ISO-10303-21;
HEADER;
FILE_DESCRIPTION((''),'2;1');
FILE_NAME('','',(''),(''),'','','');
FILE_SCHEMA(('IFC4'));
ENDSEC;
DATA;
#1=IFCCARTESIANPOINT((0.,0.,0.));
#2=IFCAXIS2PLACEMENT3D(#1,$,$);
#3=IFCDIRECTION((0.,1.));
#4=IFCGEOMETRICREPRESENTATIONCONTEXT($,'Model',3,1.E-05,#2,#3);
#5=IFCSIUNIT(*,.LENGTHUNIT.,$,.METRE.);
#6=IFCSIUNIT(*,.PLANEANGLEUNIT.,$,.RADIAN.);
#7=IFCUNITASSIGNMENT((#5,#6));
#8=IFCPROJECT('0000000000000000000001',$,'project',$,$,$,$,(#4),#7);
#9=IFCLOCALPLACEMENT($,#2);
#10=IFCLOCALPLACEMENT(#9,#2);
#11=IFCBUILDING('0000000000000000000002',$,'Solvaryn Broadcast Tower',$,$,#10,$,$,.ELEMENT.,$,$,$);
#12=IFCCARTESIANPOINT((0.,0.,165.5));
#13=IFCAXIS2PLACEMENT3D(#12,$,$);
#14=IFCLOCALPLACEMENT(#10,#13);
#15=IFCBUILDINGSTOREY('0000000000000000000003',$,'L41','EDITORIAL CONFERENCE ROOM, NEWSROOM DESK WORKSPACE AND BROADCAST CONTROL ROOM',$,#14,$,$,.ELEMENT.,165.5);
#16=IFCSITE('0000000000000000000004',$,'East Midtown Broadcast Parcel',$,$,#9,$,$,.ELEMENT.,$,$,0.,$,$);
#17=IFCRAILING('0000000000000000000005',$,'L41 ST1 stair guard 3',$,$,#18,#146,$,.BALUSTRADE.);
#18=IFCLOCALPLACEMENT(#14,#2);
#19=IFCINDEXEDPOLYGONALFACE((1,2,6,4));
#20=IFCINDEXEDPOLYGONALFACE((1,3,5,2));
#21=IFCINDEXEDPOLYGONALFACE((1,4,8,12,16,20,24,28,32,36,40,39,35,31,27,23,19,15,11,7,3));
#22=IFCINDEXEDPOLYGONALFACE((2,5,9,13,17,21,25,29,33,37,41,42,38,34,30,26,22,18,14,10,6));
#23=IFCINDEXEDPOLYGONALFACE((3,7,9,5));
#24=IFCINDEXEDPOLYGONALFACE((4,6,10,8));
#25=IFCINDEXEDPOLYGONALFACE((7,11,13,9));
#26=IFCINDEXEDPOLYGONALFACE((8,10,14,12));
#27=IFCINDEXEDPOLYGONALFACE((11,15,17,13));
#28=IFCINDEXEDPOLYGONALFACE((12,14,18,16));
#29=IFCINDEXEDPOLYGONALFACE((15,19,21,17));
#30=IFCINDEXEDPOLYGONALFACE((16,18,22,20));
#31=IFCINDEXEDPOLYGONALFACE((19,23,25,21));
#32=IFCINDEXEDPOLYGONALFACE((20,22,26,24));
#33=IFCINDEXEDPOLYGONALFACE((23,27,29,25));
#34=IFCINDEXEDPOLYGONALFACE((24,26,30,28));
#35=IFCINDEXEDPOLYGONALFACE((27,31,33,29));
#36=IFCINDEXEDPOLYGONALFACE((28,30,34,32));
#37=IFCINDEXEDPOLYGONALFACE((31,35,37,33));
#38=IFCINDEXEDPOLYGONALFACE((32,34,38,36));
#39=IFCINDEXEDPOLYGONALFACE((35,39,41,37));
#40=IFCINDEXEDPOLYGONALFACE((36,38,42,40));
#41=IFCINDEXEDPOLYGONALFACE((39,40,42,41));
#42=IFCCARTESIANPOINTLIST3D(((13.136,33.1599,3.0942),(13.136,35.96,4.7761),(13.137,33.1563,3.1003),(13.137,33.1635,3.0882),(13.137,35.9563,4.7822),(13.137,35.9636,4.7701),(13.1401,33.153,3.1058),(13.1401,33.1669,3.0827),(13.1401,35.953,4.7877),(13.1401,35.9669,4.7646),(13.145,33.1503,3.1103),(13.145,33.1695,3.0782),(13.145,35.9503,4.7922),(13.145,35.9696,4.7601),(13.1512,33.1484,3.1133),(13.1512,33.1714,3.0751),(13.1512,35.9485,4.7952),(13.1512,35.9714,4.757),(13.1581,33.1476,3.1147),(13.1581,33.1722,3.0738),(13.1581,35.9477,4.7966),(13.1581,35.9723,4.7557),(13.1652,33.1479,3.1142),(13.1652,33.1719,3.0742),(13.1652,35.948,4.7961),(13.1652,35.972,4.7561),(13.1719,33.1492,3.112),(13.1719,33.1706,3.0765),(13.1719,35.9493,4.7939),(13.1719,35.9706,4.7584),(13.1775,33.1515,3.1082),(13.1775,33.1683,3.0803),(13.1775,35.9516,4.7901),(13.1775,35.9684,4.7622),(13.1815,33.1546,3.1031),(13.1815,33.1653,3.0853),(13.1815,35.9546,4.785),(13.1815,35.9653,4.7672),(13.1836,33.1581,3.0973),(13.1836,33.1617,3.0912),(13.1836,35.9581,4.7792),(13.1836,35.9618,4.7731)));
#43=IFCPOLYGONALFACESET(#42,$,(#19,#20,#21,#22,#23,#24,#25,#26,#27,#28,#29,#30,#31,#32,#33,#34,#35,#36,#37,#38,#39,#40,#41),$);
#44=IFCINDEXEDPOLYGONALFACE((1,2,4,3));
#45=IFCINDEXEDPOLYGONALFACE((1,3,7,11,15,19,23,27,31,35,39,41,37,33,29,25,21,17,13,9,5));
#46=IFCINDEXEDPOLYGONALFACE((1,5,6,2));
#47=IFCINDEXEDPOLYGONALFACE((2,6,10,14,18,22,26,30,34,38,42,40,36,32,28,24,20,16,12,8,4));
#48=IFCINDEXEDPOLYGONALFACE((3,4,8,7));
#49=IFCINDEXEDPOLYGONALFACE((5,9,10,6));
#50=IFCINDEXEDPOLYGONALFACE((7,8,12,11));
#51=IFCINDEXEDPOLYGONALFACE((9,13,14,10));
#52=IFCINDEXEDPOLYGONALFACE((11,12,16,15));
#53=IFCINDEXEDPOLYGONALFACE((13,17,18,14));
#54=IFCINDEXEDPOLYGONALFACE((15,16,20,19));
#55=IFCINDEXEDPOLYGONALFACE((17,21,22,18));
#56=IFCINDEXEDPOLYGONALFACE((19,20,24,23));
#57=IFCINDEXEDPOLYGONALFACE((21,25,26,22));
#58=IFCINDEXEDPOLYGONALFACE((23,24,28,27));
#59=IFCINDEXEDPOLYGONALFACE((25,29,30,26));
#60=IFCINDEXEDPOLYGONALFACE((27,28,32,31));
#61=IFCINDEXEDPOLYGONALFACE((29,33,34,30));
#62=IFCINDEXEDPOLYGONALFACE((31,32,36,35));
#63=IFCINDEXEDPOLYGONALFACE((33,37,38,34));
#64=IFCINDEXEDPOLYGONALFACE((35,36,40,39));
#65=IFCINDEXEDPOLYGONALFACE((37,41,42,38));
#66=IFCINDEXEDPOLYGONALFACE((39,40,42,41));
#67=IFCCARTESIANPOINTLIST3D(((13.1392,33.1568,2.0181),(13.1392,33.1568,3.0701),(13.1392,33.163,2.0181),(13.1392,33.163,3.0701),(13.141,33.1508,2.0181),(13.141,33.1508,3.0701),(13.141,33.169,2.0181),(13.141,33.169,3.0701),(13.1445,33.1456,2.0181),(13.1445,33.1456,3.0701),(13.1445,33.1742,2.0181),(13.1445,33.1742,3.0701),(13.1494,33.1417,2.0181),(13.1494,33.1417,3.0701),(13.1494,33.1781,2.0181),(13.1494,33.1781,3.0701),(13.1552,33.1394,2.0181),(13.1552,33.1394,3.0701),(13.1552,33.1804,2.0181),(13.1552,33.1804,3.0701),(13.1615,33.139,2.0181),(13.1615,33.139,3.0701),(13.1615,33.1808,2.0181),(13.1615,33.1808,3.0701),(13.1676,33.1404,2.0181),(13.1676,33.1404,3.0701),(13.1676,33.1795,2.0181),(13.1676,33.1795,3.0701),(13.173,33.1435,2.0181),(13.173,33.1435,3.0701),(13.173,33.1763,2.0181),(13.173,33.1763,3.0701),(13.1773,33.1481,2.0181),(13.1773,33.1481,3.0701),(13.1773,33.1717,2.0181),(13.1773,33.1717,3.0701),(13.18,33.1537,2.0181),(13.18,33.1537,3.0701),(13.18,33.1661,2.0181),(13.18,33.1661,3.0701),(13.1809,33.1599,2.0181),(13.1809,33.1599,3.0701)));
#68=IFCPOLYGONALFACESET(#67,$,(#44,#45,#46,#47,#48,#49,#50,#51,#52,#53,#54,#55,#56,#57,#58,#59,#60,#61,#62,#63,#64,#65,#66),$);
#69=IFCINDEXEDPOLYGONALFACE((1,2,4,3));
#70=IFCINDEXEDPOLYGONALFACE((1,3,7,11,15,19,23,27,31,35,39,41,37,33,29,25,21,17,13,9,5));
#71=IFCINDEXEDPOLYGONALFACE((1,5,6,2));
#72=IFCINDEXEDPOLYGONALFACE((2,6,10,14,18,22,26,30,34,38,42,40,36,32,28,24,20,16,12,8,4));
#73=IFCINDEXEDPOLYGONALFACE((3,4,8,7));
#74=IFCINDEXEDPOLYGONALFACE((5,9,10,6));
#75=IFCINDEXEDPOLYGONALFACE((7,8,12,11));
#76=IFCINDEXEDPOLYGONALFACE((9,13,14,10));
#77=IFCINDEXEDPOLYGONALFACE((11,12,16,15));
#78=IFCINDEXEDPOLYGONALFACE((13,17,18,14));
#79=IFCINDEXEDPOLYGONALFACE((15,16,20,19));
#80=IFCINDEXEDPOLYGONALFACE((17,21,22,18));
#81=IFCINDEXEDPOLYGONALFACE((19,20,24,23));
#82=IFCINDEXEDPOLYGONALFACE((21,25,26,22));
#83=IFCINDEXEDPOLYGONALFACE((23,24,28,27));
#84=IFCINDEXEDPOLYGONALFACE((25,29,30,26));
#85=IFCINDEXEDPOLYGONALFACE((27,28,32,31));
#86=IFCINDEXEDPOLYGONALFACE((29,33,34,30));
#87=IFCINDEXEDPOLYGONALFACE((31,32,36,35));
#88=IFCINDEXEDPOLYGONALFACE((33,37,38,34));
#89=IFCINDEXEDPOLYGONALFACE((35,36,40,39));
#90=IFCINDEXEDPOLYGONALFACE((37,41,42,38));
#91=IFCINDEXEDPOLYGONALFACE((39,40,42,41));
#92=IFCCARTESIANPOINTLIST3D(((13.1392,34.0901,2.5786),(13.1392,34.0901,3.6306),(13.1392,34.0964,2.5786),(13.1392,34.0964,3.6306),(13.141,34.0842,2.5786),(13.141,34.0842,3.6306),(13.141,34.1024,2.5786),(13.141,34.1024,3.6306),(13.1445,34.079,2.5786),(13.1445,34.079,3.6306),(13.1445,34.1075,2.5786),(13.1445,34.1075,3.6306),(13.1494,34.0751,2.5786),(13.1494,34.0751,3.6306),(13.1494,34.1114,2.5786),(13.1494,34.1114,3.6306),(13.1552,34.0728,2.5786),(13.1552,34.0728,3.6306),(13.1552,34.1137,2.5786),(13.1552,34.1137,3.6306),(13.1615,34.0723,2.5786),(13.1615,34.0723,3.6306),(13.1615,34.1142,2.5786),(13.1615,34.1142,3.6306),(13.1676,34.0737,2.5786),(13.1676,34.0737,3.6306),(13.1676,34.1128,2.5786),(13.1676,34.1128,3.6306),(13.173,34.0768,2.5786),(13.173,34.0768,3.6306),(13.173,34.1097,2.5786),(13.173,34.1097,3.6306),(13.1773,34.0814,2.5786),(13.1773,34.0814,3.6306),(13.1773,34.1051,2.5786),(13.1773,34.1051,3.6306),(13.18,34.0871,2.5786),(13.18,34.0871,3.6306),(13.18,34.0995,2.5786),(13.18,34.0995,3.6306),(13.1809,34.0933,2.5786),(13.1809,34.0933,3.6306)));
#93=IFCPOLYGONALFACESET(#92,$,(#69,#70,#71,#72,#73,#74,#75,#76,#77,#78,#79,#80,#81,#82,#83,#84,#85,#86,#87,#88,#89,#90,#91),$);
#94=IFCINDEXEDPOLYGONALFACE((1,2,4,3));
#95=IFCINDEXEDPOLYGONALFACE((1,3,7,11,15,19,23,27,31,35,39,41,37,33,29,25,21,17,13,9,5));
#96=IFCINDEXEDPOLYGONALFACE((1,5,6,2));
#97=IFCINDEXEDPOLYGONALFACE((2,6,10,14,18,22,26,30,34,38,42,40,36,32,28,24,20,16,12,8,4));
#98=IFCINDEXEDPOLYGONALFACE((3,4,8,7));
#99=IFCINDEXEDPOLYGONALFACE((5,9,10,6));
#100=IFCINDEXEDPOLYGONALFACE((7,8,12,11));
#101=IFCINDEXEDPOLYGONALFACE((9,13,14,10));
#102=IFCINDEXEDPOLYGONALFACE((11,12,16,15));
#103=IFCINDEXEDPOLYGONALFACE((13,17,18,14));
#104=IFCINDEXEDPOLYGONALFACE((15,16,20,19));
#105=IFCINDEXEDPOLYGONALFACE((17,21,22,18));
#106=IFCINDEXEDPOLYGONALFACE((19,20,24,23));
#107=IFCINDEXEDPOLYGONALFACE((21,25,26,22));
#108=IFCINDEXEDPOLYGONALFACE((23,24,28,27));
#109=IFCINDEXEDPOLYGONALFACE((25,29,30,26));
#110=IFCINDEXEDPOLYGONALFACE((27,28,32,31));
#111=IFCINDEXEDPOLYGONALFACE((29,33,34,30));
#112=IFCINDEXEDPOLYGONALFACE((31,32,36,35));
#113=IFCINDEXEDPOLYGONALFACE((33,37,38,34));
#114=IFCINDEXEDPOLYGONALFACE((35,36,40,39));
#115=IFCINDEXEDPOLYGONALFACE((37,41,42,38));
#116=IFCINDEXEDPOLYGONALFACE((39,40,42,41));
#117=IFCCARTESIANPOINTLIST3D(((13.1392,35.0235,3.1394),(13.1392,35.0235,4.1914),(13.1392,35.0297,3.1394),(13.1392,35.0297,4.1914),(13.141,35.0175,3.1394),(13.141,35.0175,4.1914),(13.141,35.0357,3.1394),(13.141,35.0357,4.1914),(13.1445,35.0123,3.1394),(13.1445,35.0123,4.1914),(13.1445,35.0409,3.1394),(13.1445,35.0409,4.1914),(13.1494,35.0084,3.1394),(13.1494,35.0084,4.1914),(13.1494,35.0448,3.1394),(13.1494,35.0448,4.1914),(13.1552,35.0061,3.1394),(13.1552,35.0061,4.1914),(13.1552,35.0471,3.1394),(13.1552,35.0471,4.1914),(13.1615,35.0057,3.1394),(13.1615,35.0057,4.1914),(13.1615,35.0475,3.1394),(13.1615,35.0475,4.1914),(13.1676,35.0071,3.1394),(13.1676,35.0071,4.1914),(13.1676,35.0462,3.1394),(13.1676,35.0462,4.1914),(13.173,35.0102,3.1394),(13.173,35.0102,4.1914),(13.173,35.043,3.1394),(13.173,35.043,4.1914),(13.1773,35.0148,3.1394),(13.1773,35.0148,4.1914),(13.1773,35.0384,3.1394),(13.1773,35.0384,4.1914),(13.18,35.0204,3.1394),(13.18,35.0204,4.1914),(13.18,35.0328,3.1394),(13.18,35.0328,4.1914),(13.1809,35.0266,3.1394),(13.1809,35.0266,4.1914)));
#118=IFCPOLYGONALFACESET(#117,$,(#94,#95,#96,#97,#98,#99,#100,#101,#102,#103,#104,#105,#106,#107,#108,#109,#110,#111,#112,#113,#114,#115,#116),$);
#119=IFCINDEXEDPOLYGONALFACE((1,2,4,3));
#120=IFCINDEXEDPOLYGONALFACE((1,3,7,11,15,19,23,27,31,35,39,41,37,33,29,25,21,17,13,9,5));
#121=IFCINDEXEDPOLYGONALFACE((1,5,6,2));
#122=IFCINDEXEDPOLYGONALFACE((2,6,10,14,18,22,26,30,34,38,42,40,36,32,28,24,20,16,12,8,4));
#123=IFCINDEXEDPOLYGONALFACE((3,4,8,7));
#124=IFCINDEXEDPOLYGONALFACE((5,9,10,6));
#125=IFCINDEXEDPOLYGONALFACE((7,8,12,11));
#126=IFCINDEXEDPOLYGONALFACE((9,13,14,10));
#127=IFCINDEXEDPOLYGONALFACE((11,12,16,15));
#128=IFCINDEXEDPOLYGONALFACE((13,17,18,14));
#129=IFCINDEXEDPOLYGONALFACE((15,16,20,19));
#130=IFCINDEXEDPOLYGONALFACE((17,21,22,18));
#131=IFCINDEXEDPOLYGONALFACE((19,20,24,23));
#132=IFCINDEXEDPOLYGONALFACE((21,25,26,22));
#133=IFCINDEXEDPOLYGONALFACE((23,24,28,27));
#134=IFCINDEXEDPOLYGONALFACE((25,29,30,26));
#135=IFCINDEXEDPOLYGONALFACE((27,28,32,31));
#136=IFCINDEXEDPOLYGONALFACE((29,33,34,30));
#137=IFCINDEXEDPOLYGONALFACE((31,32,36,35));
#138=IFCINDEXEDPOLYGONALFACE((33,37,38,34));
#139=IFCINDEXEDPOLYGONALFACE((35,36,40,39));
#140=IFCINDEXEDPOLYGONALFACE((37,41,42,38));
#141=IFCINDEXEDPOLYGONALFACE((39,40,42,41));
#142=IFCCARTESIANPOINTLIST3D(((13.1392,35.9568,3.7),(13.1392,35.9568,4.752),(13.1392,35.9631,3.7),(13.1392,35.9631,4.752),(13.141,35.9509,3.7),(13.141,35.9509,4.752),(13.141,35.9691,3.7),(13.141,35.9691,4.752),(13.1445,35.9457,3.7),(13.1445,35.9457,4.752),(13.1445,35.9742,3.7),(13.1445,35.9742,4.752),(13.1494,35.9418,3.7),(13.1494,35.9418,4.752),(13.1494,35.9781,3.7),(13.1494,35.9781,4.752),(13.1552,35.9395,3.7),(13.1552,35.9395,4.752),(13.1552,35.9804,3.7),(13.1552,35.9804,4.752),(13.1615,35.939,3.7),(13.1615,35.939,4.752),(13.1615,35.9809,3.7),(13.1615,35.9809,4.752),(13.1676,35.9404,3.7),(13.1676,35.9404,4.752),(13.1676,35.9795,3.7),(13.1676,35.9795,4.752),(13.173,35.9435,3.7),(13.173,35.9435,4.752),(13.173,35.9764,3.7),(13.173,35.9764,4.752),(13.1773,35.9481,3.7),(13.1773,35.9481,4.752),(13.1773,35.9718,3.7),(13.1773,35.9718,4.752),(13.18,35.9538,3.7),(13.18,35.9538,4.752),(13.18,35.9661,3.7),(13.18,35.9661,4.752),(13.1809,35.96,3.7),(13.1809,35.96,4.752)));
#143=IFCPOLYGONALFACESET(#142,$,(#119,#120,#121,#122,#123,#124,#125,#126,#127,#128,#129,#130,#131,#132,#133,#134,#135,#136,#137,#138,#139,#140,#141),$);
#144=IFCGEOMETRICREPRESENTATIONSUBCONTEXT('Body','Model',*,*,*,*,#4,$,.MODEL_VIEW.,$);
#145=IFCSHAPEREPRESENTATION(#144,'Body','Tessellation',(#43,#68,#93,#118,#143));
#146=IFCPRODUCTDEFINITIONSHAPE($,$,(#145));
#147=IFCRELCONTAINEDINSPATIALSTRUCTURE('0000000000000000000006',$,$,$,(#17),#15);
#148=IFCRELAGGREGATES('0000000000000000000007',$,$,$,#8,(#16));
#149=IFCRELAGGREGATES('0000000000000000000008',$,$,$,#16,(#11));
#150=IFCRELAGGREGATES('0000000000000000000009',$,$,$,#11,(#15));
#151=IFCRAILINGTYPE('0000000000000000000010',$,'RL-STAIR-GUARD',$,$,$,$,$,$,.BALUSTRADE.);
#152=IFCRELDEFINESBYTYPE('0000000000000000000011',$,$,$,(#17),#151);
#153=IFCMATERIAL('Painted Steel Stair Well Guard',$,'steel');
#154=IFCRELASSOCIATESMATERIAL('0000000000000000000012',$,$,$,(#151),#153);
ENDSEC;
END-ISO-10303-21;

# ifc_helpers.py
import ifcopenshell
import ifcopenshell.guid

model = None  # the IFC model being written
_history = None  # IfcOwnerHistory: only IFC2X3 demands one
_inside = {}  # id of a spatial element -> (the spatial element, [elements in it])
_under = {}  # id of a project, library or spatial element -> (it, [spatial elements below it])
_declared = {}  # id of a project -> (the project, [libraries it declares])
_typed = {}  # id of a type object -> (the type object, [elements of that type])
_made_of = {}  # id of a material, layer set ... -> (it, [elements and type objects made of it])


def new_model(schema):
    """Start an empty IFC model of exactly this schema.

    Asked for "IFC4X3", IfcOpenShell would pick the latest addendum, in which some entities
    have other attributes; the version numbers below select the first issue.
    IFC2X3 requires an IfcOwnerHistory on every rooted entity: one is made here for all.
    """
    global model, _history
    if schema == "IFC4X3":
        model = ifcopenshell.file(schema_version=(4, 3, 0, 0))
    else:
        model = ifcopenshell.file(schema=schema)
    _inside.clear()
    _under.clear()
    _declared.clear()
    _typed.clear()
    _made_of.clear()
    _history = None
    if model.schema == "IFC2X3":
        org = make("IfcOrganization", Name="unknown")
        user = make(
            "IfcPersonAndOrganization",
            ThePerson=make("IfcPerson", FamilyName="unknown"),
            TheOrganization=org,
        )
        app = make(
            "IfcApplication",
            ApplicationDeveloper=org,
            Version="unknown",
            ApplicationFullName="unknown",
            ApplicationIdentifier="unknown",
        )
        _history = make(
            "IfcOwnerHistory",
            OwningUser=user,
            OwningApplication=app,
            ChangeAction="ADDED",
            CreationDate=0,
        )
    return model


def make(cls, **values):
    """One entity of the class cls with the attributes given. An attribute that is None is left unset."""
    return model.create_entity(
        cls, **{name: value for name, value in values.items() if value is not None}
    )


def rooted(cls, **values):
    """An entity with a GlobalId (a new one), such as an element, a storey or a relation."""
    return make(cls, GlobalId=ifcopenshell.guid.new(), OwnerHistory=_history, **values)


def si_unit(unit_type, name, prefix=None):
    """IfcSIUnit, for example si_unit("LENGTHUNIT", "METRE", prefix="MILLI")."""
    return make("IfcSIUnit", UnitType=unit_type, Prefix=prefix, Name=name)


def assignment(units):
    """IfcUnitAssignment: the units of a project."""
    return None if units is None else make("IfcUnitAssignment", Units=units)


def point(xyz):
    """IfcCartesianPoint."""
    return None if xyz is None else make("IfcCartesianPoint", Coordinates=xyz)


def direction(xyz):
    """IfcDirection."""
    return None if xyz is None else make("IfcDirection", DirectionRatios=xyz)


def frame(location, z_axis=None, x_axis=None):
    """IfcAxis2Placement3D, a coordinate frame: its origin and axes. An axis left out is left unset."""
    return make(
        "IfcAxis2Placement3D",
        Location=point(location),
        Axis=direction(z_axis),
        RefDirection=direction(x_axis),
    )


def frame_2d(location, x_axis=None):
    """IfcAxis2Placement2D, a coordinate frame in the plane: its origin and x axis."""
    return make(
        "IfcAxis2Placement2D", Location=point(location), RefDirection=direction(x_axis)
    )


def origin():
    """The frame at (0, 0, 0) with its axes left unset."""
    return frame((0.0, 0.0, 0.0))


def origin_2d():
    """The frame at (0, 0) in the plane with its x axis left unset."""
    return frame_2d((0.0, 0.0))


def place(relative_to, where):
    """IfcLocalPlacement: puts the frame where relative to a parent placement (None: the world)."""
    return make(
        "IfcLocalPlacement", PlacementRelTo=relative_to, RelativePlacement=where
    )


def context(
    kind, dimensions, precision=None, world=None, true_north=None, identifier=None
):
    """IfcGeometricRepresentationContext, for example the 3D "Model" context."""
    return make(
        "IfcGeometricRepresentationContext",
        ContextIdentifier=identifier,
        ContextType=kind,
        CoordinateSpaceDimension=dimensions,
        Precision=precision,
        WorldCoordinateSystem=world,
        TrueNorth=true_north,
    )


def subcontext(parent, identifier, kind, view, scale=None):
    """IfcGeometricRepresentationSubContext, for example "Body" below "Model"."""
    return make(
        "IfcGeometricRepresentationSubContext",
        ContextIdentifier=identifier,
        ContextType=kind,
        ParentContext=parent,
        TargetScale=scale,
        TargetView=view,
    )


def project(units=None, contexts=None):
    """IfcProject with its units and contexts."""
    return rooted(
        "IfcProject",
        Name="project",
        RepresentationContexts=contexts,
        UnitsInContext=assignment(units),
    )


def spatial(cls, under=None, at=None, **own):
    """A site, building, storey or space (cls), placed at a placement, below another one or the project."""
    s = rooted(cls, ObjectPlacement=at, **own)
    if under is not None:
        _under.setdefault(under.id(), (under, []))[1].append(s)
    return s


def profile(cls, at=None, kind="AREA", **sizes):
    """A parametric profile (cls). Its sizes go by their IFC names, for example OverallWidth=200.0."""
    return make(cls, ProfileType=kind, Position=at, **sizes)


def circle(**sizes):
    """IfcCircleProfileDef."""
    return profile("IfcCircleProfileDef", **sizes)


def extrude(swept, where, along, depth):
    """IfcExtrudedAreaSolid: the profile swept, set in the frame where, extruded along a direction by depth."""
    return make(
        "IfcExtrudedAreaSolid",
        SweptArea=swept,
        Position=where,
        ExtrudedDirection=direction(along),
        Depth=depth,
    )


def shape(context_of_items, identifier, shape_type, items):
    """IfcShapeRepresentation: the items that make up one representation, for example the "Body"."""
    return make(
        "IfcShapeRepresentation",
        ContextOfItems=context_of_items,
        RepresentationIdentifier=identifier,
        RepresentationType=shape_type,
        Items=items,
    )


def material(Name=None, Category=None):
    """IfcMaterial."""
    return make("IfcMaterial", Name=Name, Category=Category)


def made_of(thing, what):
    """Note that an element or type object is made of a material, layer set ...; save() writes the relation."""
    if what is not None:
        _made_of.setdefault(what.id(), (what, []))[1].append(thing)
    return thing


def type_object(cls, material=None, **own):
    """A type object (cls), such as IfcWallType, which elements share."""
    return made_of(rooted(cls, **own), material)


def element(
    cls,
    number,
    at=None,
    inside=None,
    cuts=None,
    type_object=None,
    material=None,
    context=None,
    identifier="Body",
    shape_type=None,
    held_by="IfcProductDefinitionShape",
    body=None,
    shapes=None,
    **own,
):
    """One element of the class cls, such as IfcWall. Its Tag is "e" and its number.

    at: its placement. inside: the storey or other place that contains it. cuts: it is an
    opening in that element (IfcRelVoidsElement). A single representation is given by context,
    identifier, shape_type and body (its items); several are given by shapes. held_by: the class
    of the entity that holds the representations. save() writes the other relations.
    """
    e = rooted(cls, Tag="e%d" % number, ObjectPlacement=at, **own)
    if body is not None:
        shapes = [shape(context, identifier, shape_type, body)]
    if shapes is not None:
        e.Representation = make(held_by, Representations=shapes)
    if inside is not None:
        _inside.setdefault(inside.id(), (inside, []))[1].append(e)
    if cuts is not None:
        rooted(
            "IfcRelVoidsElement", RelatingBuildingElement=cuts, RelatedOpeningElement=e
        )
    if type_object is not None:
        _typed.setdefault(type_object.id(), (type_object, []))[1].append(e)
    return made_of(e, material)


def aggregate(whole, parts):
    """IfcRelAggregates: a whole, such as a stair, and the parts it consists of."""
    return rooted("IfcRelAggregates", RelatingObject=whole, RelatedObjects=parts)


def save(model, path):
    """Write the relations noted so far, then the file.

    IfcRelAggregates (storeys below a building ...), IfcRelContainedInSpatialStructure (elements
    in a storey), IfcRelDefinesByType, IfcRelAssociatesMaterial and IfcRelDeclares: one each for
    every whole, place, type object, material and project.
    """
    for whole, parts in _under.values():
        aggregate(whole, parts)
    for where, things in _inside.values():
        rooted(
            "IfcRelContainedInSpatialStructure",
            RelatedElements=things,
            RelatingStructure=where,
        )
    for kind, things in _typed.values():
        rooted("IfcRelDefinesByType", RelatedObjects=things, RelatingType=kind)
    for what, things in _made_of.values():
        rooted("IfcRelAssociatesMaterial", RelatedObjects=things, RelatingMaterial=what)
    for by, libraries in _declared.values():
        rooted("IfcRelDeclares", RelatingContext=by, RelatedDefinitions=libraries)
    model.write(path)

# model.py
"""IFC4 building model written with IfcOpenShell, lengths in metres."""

from ifc_helpers import new_model, si_unit, direction, frame, origin, origin_2d, place, context, subcontext, project, spatial, circle, extrude, material, type_object, element, save


model = new_model("IFC4")

# Units and contexts
model_context = context("Model", 3, precision=1e-05, world=origin(), true_north=direction((0.0, 1.0)))
body_context = subcontext(model_context, "Body", "Model", "MODEL_VIEW")
ifc_project = project(units=[si_unit("LENGTHUNIT", "METRE"), si_unit("PLANEANGLEUNIT", "RADIAN")], contexts=[model_context])

# Site, building, storey
site_placement = place(None, origin())
site = spatial("IfcSite", under=ifc_project, at=site_placement, Name="East Midtown Broadcast Parcel", CompositionType="ELEMENT", RefElevation=0.0)
building_placement = place(site_placement, origin())
building = spatial("IfcBuilding", under=site, at=building_placement, Name="Solvaryn Broadcast Tower", CompositionType="ELEMENT")
storey_placement = place(building_placement, frame((0.0, 0.0, 165.5)))
storey = spatial("IfcBuildingStorey", under=building, at=storey_placement, Name="L41", Description="EDITORIAL CONFERENCE ROOM, NEWSROOM DESK WORKSPACE AND BROADCAST CONTROL ROOM", CompositionType="ELEMENT", Elevation=165.5)

# Railing
ifc_material_1 = material(Name="Painted Steel Stair Well Guard", Category="steel")
railing_type_1 = type_object("IfcRailingType", Name="RL-STAIR-GUARD", PredefinedType="BALUSTRADE", material=ifc_material_1)
railing_1_placement = place(storey_placement, frame((13.1599, 33.1599, 2.0181)))
element("IfcRailing", 1, at=railing_1_placement, inside=storey, type_object=railing_type_1, Name="L41 ST1 stair guard 3", PredefinedType="BALUSTRADE", context=body_context, shape_type="SweptSolid", body=[
    extrude(circle(Radius=0.0239, at=origin_2d()), frame((0.0, 0.0, 1.0762), z_axis=(0.0, 0.857242, 0.514913), x_axis=(-1.0, 0.0, 0.0)), (0.0, 0.0, 1.0), 3.2664),
    extrude(circle(Radius=0.021, at=origin_2d()), origin(), (0.0, 0.0, 1.0), 1.052),
    extrude(circle(Radius=0.021, at=origin_2d()), frame((0.0, 0.9333, 0.5605)), (0.0, 0.0, 1.0), 1.052),
    extrude(circle(Radius=0.021, at=origin_2d()), frame((0.0, 1.8667, 1.1213)), (0.0, 0.0, 1.0), 1.052),
    extrude(circle(Radius=0.021, at=origin_2d()), frame((0.0, 2.8, 1.6819)), (0.0, 0.0, 1.0), 1.052),
])

save(model, "model.ifc")
